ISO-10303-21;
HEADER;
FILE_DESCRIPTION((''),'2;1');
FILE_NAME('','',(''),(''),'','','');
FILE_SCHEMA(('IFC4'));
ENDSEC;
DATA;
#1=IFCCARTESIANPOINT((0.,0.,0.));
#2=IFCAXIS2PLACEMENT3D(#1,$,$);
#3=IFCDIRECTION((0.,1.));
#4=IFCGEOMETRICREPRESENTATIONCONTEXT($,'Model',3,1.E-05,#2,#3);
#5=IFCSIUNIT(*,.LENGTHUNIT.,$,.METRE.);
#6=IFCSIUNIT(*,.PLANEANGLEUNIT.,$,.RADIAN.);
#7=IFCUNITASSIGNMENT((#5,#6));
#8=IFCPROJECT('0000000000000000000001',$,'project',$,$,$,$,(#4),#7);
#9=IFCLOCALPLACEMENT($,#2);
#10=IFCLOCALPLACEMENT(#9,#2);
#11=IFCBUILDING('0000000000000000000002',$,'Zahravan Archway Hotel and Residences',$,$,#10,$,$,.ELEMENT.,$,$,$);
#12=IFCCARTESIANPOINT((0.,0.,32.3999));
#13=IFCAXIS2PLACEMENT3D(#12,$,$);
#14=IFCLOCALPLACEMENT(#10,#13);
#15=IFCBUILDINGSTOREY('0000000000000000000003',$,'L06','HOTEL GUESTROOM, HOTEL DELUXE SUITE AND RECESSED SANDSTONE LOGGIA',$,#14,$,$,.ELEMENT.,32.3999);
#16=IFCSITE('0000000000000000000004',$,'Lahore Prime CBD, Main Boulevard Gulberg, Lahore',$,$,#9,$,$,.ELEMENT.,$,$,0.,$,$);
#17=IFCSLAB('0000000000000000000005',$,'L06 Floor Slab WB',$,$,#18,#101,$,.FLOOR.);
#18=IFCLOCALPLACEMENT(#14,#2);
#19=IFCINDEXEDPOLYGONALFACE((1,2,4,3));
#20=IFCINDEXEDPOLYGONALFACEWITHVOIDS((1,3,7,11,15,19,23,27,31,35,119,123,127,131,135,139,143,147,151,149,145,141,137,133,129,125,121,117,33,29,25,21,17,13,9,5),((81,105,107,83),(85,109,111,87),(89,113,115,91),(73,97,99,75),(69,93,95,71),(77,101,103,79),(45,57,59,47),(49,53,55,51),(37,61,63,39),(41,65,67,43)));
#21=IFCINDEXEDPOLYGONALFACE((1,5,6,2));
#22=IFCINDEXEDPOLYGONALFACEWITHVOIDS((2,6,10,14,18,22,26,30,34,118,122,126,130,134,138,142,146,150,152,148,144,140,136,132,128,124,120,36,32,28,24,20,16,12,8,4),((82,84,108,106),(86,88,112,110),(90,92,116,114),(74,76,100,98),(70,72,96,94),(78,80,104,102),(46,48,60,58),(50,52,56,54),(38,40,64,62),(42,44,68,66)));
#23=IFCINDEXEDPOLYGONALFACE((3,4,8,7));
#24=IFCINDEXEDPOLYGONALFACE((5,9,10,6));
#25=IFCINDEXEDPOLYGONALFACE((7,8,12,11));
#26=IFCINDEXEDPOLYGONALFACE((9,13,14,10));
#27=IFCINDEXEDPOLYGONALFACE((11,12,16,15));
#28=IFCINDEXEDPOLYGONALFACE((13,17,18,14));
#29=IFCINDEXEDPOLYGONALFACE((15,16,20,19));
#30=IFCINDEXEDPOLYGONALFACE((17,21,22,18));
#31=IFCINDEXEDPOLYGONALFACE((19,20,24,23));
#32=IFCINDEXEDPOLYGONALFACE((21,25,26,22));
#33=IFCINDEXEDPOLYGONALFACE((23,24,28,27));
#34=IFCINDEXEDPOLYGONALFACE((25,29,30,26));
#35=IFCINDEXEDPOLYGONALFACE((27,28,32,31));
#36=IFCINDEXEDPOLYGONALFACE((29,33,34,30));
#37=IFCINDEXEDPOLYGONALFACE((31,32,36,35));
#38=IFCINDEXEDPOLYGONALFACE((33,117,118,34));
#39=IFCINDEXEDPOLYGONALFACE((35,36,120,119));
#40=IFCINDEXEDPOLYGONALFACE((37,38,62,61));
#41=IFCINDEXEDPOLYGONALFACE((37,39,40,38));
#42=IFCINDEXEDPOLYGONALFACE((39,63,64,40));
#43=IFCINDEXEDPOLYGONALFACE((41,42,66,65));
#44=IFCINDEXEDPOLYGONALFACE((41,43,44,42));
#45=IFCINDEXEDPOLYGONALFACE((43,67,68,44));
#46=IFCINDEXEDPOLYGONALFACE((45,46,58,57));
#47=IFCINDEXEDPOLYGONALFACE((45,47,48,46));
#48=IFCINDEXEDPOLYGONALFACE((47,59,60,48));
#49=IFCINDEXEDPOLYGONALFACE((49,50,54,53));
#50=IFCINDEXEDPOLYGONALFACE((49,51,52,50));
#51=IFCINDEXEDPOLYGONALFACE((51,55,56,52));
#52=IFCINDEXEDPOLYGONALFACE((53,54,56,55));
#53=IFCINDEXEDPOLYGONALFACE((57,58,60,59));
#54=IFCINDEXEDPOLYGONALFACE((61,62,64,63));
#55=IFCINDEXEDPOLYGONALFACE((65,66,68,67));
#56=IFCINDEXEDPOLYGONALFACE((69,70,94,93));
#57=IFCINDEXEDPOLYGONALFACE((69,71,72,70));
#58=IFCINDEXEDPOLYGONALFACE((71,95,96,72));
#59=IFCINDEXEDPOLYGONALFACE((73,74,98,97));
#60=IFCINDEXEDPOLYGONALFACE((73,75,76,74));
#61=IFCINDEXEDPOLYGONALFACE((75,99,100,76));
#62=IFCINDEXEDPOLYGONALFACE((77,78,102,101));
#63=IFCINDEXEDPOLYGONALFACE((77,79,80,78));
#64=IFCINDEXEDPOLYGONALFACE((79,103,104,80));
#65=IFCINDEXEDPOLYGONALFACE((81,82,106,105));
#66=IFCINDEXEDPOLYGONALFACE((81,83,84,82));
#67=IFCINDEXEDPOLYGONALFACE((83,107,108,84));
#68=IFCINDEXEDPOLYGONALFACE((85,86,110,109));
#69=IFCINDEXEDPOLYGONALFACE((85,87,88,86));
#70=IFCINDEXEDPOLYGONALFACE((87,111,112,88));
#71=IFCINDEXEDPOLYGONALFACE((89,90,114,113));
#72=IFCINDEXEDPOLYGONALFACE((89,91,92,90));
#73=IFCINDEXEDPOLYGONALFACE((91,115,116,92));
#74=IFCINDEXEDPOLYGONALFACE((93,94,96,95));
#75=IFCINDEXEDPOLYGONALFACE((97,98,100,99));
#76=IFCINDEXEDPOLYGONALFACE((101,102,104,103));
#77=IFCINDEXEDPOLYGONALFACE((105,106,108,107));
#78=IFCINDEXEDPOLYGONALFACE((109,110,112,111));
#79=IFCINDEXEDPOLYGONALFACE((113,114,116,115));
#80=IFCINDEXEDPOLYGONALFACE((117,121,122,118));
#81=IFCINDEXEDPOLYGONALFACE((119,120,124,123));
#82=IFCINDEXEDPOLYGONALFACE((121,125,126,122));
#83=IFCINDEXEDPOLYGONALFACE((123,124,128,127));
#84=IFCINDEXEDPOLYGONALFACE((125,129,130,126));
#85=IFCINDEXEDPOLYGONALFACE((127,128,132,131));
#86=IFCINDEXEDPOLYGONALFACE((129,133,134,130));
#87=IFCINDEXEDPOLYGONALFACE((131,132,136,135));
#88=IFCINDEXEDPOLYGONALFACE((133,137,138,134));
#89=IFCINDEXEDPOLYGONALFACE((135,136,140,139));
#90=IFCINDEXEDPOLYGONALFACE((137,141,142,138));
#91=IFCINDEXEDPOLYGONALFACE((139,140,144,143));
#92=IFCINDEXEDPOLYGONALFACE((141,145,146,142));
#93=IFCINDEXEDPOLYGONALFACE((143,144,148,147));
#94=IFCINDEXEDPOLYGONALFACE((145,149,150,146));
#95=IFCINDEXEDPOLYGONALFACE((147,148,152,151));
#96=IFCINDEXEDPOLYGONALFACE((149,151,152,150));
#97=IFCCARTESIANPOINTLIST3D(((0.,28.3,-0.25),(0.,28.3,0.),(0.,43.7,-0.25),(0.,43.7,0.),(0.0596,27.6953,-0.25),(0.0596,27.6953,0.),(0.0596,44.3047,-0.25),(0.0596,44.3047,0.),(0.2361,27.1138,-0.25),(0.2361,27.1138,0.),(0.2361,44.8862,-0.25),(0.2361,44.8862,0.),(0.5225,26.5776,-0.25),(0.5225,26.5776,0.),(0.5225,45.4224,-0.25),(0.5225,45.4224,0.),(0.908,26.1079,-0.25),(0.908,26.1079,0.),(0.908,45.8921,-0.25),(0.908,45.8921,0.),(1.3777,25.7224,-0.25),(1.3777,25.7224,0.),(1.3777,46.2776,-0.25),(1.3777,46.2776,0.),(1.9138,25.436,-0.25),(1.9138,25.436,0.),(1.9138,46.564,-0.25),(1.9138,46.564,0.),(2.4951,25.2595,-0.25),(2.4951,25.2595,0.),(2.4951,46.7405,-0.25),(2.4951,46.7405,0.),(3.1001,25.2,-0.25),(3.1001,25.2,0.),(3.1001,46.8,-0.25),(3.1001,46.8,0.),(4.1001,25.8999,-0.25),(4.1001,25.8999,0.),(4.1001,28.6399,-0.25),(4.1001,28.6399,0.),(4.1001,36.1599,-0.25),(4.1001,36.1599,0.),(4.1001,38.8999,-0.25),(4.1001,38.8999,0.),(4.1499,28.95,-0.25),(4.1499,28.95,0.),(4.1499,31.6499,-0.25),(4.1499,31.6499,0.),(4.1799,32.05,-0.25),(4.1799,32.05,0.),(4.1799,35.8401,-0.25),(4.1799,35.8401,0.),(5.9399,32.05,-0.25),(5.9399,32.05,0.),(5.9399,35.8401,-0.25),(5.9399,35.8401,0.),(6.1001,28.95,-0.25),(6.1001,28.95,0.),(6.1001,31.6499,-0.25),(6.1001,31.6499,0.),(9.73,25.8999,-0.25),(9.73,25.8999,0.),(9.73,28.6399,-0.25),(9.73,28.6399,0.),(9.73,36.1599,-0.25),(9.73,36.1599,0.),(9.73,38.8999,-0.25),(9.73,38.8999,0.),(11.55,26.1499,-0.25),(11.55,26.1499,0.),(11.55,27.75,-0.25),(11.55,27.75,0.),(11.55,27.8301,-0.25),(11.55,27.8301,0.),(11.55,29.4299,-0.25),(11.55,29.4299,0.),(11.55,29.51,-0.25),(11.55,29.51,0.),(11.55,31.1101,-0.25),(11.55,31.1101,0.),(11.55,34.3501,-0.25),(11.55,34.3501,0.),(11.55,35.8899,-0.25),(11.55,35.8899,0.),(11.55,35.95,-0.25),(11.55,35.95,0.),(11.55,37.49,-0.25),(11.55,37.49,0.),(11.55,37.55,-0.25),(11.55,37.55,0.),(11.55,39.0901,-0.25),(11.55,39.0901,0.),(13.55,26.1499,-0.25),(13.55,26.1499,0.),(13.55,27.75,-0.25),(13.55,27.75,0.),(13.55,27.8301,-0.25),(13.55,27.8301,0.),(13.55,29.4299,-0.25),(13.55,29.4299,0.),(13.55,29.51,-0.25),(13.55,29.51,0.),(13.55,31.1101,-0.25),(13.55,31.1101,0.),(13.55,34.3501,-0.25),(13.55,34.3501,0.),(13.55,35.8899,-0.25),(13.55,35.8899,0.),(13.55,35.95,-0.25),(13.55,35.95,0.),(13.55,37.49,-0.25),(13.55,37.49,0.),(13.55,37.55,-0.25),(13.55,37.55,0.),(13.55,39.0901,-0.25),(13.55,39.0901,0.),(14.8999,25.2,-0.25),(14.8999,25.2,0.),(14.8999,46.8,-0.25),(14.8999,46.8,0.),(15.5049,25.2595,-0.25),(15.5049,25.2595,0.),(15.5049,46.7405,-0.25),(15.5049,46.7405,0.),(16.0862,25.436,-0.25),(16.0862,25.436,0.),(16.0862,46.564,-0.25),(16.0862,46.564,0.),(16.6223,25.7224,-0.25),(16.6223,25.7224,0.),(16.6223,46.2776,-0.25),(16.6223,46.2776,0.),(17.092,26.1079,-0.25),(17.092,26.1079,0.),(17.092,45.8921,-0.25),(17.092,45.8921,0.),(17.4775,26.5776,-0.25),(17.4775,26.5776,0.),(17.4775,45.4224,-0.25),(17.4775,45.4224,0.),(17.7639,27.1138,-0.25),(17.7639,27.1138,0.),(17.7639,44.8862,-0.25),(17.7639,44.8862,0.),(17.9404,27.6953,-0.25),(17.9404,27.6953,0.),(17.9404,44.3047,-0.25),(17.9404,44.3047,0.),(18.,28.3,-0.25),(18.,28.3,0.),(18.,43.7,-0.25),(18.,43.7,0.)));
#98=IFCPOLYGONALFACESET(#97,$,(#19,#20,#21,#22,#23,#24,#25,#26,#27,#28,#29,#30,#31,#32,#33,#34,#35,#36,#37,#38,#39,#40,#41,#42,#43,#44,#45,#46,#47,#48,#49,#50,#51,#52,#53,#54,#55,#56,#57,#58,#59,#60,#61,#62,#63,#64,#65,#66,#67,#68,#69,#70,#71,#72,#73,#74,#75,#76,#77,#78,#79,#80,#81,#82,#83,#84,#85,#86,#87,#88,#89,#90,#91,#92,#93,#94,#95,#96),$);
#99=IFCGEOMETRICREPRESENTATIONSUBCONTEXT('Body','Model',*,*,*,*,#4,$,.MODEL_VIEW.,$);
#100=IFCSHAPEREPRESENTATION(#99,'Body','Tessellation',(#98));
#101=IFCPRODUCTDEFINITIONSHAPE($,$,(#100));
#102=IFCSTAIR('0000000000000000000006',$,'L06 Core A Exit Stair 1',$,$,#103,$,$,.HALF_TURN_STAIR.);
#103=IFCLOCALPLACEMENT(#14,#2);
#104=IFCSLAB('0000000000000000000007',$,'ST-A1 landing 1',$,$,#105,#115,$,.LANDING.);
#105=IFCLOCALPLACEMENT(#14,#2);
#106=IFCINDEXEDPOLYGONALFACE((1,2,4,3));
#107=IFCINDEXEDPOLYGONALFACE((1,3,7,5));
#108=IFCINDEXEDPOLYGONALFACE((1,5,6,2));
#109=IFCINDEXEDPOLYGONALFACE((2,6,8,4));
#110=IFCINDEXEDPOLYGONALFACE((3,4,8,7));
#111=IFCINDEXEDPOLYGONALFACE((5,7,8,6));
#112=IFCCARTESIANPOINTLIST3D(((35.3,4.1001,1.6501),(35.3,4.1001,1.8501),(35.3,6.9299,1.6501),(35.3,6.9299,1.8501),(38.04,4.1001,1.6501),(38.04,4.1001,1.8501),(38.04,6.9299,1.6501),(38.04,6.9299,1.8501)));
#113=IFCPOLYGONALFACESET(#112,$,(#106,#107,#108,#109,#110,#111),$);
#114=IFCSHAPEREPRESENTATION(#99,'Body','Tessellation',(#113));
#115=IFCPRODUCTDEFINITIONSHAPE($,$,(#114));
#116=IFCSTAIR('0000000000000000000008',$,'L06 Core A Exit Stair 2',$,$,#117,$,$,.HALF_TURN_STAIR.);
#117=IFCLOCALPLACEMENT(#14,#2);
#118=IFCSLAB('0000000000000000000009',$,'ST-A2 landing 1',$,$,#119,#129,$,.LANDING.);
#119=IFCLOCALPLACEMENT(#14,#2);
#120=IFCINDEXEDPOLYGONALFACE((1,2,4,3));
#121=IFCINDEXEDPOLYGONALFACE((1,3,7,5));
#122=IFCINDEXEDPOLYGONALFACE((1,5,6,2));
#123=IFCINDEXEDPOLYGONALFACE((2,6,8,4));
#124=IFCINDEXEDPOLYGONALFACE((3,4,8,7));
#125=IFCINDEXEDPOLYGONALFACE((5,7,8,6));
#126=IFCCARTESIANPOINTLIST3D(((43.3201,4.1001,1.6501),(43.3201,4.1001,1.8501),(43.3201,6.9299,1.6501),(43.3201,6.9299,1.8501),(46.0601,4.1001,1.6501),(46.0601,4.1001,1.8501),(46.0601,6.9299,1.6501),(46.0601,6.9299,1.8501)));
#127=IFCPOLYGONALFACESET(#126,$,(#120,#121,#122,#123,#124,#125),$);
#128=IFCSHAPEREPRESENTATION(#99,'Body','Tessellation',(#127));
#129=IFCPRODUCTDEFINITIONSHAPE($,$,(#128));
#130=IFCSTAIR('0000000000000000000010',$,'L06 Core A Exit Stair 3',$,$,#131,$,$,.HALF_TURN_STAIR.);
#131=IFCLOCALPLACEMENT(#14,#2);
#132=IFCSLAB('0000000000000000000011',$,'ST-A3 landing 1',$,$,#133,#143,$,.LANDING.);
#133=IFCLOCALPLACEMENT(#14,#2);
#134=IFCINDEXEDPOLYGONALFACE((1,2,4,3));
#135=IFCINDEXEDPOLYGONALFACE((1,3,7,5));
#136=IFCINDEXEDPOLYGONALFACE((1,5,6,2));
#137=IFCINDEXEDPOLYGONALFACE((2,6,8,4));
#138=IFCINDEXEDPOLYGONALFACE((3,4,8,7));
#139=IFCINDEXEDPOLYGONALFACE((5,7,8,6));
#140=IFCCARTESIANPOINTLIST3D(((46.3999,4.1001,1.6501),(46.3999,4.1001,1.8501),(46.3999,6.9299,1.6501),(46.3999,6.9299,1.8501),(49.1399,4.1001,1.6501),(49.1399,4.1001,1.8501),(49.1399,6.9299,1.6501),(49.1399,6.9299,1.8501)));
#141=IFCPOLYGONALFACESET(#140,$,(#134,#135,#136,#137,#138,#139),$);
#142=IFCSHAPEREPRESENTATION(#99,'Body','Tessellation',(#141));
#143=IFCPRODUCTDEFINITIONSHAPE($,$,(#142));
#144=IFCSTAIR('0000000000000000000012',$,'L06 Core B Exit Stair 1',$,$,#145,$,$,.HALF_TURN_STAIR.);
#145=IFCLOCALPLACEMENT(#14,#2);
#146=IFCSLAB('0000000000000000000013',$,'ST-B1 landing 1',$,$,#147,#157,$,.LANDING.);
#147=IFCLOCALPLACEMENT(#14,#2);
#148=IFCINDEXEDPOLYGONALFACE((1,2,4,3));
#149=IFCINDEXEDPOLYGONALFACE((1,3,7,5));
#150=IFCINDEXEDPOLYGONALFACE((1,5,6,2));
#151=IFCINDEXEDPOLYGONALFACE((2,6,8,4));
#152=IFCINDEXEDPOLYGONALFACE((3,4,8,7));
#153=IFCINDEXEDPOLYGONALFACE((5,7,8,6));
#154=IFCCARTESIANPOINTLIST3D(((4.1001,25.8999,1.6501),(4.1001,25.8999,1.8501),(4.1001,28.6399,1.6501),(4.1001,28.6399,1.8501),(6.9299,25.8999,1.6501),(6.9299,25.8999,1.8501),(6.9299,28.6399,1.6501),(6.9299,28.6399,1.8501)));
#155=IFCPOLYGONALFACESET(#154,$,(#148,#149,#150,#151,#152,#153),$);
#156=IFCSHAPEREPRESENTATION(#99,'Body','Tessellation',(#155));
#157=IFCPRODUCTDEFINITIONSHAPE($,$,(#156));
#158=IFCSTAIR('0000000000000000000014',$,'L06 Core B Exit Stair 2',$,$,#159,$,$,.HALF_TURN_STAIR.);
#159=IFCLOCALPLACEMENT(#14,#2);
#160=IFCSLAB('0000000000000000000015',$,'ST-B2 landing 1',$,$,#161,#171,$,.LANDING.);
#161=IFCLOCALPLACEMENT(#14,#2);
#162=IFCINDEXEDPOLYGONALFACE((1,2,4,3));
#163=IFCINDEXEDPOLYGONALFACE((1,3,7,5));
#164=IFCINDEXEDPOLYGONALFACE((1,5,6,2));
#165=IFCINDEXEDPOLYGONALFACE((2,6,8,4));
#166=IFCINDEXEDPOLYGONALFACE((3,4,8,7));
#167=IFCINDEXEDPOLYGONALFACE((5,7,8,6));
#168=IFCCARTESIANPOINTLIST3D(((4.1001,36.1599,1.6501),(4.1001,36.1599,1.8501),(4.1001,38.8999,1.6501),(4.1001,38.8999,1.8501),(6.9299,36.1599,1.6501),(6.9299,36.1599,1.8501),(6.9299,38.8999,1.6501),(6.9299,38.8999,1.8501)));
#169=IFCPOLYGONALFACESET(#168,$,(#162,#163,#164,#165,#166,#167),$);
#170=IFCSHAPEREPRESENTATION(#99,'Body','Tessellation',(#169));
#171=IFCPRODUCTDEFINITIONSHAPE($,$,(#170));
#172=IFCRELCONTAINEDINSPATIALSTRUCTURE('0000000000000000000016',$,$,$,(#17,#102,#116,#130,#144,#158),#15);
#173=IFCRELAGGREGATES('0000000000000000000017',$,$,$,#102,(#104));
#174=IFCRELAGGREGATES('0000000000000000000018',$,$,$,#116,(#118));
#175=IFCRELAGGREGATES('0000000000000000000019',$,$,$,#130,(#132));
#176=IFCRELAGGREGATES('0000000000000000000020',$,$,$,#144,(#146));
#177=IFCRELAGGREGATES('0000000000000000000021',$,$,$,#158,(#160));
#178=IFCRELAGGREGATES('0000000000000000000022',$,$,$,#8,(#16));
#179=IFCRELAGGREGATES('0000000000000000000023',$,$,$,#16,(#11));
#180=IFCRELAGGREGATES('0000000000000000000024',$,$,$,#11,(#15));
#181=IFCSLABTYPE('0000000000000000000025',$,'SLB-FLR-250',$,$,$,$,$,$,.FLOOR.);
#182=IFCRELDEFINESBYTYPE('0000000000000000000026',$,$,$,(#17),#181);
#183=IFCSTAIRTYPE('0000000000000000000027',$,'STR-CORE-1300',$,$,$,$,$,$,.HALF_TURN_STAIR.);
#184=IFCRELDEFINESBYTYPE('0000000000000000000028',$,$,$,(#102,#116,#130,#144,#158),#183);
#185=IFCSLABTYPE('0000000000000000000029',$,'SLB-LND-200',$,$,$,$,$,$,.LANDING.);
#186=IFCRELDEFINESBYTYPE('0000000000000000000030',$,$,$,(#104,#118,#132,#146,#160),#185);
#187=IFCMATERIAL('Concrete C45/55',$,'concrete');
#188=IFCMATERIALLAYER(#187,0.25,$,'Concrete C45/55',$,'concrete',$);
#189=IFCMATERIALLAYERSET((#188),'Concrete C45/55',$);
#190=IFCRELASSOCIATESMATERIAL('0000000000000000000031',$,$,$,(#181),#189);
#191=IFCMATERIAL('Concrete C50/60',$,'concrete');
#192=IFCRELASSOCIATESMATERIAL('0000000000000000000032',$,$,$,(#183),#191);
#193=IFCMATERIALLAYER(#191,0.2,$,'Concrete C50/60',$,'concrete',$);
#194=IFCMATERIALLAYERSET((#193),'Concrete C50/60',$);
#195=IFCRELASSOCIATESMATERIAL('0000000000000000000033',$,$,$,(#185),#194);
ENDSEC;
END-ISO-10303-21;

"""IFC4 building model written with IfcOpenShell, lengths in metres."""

from ifc_helpers import new_model, si_unit, direction, frame, origin, place, context, subcontext, project, spatial, polyline, outline, extrude, material, layer, layer_set, type_object, element, aggregate, save


model = new_model("IFC4")

# Units and contexts
model_context = context("Model", 3, precision=1e-05, world=origin(), true_north=direction((0.0, 1.0)))
body_context = subcontext(model_context, "Body", "Model", "MODEL_VIEW")
ifc_project = project(units=[si_unit("LENGTHUNIT", "METRE"), si_unit("PLANEANGLEUNIT", "RADIAN")], contexts=[model_context])

# Site, building, storey
site_placement = place(None, origin())
site = spatial("IfcSite", under=ifc_project, at=site_placement, Name="Lahore Prime CBD, Main Boulevard Gulberg, Lahore", CompositionType="ELEMENT", RefElevation=0.0)
building_placement = place(site_placement, origin())
building = spatial("IfcBuilding", under=site, at=building_placement, Name="Zahravan Archway Hotel and Residences", CompositionType="ELEMENT")
storey_placement = place(building_placement, frame((0.0, 0.0, 32.3999)))
storey = spatial("IfcBuildingStorey", under=building, at=storey_placement, Name="L06", Description="HOTEL GUESTROOM, HOTEL DELUXE SUITE AND RECESSED SANDSTONE LOGGIA", CompositionType="ELEMENT", Elevation=32.3999)

# Slab
ifc_material_1 = material(Name="Concrete C45/55", Category="concrete")
ifc_layer_1 = layer(ifc_material_1, 0.25, Name="Concrete C45/55", Category="concrete")
ifc_layer_set_1 = layer_set([ifc_layer_1], Name="Concrete C45/55")
slab_type_1 = type_object("IfcSlabType", Name="SLB-FLR-250", PredefinedType="FLOOR", material=ifc_layer_set_1)
slab_1_placement = place(storey_placement, frame((0.0, 0.0, -0.25)))
element("IfcSlab", 1, at=slab_1_placement, inside=storey, type_object=slab_type_1, Name="L06 Floor Slab WB", PredefinedType="FLOOR", context=body_context, shape_type="SweptSolid", body=[
    extrude(outline(polyline([(14.8999, 25.2), (15.5049, 25.2595), (16.0862, 25.436), (16.6223, 25.7224), (17.092, 26.1079), (17.4775, 26.5776), (17.7639, 27.1138), (17.9404, 27.6953), (18.0, 28.3), (18.0, 43.7), (17.9404, 44.3047), (17.7639, 44.8862), (17.4775, 45.4224), (17.092, 45.8921), (16.6223, 46.2776), (16.0862, 46.564), (15.5049, 46.7405), (14.8999, 46.8), (3.1001, 46.8), (2.4951, 46.7405), (1.9138, 46.564), (1.3777, 46.2776), (0.908, 45.8921), (0.5225, 45.4224), (0.2361, 44.8862), (0.0596, 44.3047), (0.0, 43.7), (0.0, 28.3), (0.0596, 27.6953), (0.2361, 27.1138), (0.5225, 26.5776), (0.908, 26.1079), (1.3777, 25.7224), (1.9138, 25.436), (2.4951, 25.2595), (3.1001, 25.2), (14.8999, 25.2)]), holes=[polyline([(9.73, 28.6399), (4.1001, 28.6399), (4.1001, 25.8999), (9.73, 25.8999), (9.73, 28.6399)]), polyline([(9.73, 38.8999), (4.1001, 38.8999), (4.1001, 36.1599), (9.73, 36.1599), (9.73, 38.8999)]), polyline([(4.1499, 28.95), (6.1001, 28.95), (6.1001, 31.6499), (4.1499, 31.6499), (4.1499, 28.95)]), polyline([(11.55, 26.1499), (13.55, 26.1499), (13.55, 27.75), (11.55, 27.75), (11.55, 26.1499)]), polyline([(11.55, 27.8301), (13.55, 27.8301), (13.55, 29.4299), (11.55, 29.4299), (11.55, 27.8301)]), polyline([(11.55, 29.51), (13.55, 29.51), (13.55, 31.1101), (11.55, 31.1101), (11.55, 29.51)]), polyline([(11.55, 34.3501), (13.55, 34.3501), (13.55, 35.8899), (11.55, 35.8899), (11.55, 34.3501)]), polyline([(11.55, 35.95), (13.55, 35.95), (13.55, 37.49), (11.55, 37.49), (11.55, 35.95)]), polyline([(11.55, 37.55), (13.55, 37.55), (13.55, 39.0901), (11.55, 39.0901), (11.55, 37.55)]), polyline([(4.1799, 32.05), (5.9399, 32.05), (5.9399, 35.8401), (4.1799, 35.8401), (4.1799, 32.05)])]), origin(), (0.0, 0.0, 1.0), 0.25),
])

# Stairs, slabs
ifc_material_2 = material(Name="Concrete C50/60", Category="concrete")
stair_type = type_object("IfcStairType", Name="STR-CORE-1300", PredefinedType="HALF_TURN_STAIR", material=ifc_material_2)
stair_1_placement = place(storey_placement, origin())
stair_1 = element("IfcStair", 2, at=stair_1_placement, inside=storey, type_object=stair_type, Name="L06 Core A Exit Stair 1", PredefinedType="HALF_TURN_STAIR")
ifc_layer_2 = layer(ifc_material_2, 0.2, Name="Concrete C50/60", Category="concrete")
ifc_layer_set_2 = layer_set([ifc_layer_2], Name="Concrete C50/60")
slab_type_2 = type_object("IfcSlabType", Name="SLB-LND-200", PredefinedType="LANDING", material=ifc_layer_set_2)
slab_2_placement = place(storey_placement, frame((0.0, 0.0, 1.6501)))
slab_2 = element("IfcSlab", 3, at=slab_2_placement, type_object=slab_type_2, Name="ST-A1 landing 1", PredefinedType="LANDING", context=body_context, shape_type="SweptSolid", body=[
    extrude(outline(polyline([(35.3, 6.9299), (35.3, 4.1001), (38.04, 4.1001), (38.04, 6.9299), (35.3, 6.9299)])), origin(), (0.0, 0.0, 1.0), 0.2),
])
aggregate(stair_1, [slab_2])
stair_2_placement = place(storey_placement, origin())
stair_2 = element("IfcStair", 4, at=stair_2_placement, inside=storey, type_object=stair_type, Name="L06 Core A Exit Stair 2", PredefinedType="HALF_TURN_STAIR")
slab_3_placement = place(storey_placement, frame((0.0, 0.0, 1.6501)))
slab_3 = element("IfcSlab", 5, at=slab_3_placement, type_object=slab_type_2, Name="ST-A2 landing 1", PredefinedType="LANDING", context=body_context, shape_type="SweptSolid", body=[
    extrude(outline(polyline([(43.3201, 6.9299), (43.3201, 4.1001), (46.0601, 4.1001), (46.0601, 6.9299), (43.3201, 6.9299)])), origin(), (0.0, 0.0, 1.0), 0.2),
])
aggregate(stair_2, [slab_3])
stair_3_placement = place(storey_placement, origin())
stair_3 = element("IfcStair", 6, at=stair_3_placement, inside=storey, type_object=stair_type, Name="L06 Core A Exit Stair 3", PredefinedType="HALF_TURN_STAIR")
slab_4_placement = place(storey_placement, frame((0.0, 0.0, 1.6501)))
slab_4 = element("IfcSlab", 7, at=slab_4_placement, type_object=slab_type_2, Name="ST-A3 landing 1", PredefinedType="LANDING", context=body_context, shape_type="SweptSolid", body=[
    extrude(outline(polyline([(46.3999, 6.9299), (46.3999, 4.1001), (49.1399, 4.1001), (49.1399, 6.9299), (46.3999, 6.9299)])), origin(), (0.0, 0.0, 1.0), 0.2),
])
aggregate(stair_3, [slab_4])
stair_4_placement = place(storey_placement, origin())
stair_4 = element("IfcStair", 8, at=stair_4_placement, inside=storey, type_object=stair_type, Name="L06 Core B Exit Stair 1", PredefinedType="HALF_TURN_STAIR")
slab_5_placement = place(storey_placement, frame((0.0, 0.0, 1.6501)))
slab_5 = element("IfcSlab", 9, at=slab_5_placement, type_object=slab_type_2, Name="ST-B1 landing 1", PredefinedType="LANDING", context=body_context, shape_type="SweptSolid", body=[
    extrude(outline(polyline([(6.9299, 28.6399), (4.1001, 28.6399), (4.1001, 25.8999), (6.9299, 25.8999), (6.9299, 28.6399)])), origin(), (0.0, 0.0, 1.0), 0.2),
])
aggregate(stair_4, [slab_5])
stair_5_placement = place(storey_placement, origin())
stair_5 = element("IfcStair", 10, at=stair_5_placement, inside=storey, type_object=stair_type, Name="L06 Core B Exit Stair 2", PredefinedType="HALF_TURN_STAIR")
slab_6_placement = place(storey_placement, frame((0.0, 0.0, 1.6501)))
slab_6 = element("IfcSlab", 11, at=slab_6_placement, type_object=slab_type_2, Name="ST-B2 landing 1", PredefinedType="LANDING", context=body_context, shape_type="SweptSolid", body=[
    extrude(outline(polyline([(6.9299, 38.8999), (4.1001, 38.8999), (4.1001, 36.1599), (6.9299, 36.1599), (6.9299, 38.8999)])), origin(), (0.0, 0.0, 1.0), 0.2),
])
aggregate(stair_5, [slab_6])

save(model, "model.ifc")
